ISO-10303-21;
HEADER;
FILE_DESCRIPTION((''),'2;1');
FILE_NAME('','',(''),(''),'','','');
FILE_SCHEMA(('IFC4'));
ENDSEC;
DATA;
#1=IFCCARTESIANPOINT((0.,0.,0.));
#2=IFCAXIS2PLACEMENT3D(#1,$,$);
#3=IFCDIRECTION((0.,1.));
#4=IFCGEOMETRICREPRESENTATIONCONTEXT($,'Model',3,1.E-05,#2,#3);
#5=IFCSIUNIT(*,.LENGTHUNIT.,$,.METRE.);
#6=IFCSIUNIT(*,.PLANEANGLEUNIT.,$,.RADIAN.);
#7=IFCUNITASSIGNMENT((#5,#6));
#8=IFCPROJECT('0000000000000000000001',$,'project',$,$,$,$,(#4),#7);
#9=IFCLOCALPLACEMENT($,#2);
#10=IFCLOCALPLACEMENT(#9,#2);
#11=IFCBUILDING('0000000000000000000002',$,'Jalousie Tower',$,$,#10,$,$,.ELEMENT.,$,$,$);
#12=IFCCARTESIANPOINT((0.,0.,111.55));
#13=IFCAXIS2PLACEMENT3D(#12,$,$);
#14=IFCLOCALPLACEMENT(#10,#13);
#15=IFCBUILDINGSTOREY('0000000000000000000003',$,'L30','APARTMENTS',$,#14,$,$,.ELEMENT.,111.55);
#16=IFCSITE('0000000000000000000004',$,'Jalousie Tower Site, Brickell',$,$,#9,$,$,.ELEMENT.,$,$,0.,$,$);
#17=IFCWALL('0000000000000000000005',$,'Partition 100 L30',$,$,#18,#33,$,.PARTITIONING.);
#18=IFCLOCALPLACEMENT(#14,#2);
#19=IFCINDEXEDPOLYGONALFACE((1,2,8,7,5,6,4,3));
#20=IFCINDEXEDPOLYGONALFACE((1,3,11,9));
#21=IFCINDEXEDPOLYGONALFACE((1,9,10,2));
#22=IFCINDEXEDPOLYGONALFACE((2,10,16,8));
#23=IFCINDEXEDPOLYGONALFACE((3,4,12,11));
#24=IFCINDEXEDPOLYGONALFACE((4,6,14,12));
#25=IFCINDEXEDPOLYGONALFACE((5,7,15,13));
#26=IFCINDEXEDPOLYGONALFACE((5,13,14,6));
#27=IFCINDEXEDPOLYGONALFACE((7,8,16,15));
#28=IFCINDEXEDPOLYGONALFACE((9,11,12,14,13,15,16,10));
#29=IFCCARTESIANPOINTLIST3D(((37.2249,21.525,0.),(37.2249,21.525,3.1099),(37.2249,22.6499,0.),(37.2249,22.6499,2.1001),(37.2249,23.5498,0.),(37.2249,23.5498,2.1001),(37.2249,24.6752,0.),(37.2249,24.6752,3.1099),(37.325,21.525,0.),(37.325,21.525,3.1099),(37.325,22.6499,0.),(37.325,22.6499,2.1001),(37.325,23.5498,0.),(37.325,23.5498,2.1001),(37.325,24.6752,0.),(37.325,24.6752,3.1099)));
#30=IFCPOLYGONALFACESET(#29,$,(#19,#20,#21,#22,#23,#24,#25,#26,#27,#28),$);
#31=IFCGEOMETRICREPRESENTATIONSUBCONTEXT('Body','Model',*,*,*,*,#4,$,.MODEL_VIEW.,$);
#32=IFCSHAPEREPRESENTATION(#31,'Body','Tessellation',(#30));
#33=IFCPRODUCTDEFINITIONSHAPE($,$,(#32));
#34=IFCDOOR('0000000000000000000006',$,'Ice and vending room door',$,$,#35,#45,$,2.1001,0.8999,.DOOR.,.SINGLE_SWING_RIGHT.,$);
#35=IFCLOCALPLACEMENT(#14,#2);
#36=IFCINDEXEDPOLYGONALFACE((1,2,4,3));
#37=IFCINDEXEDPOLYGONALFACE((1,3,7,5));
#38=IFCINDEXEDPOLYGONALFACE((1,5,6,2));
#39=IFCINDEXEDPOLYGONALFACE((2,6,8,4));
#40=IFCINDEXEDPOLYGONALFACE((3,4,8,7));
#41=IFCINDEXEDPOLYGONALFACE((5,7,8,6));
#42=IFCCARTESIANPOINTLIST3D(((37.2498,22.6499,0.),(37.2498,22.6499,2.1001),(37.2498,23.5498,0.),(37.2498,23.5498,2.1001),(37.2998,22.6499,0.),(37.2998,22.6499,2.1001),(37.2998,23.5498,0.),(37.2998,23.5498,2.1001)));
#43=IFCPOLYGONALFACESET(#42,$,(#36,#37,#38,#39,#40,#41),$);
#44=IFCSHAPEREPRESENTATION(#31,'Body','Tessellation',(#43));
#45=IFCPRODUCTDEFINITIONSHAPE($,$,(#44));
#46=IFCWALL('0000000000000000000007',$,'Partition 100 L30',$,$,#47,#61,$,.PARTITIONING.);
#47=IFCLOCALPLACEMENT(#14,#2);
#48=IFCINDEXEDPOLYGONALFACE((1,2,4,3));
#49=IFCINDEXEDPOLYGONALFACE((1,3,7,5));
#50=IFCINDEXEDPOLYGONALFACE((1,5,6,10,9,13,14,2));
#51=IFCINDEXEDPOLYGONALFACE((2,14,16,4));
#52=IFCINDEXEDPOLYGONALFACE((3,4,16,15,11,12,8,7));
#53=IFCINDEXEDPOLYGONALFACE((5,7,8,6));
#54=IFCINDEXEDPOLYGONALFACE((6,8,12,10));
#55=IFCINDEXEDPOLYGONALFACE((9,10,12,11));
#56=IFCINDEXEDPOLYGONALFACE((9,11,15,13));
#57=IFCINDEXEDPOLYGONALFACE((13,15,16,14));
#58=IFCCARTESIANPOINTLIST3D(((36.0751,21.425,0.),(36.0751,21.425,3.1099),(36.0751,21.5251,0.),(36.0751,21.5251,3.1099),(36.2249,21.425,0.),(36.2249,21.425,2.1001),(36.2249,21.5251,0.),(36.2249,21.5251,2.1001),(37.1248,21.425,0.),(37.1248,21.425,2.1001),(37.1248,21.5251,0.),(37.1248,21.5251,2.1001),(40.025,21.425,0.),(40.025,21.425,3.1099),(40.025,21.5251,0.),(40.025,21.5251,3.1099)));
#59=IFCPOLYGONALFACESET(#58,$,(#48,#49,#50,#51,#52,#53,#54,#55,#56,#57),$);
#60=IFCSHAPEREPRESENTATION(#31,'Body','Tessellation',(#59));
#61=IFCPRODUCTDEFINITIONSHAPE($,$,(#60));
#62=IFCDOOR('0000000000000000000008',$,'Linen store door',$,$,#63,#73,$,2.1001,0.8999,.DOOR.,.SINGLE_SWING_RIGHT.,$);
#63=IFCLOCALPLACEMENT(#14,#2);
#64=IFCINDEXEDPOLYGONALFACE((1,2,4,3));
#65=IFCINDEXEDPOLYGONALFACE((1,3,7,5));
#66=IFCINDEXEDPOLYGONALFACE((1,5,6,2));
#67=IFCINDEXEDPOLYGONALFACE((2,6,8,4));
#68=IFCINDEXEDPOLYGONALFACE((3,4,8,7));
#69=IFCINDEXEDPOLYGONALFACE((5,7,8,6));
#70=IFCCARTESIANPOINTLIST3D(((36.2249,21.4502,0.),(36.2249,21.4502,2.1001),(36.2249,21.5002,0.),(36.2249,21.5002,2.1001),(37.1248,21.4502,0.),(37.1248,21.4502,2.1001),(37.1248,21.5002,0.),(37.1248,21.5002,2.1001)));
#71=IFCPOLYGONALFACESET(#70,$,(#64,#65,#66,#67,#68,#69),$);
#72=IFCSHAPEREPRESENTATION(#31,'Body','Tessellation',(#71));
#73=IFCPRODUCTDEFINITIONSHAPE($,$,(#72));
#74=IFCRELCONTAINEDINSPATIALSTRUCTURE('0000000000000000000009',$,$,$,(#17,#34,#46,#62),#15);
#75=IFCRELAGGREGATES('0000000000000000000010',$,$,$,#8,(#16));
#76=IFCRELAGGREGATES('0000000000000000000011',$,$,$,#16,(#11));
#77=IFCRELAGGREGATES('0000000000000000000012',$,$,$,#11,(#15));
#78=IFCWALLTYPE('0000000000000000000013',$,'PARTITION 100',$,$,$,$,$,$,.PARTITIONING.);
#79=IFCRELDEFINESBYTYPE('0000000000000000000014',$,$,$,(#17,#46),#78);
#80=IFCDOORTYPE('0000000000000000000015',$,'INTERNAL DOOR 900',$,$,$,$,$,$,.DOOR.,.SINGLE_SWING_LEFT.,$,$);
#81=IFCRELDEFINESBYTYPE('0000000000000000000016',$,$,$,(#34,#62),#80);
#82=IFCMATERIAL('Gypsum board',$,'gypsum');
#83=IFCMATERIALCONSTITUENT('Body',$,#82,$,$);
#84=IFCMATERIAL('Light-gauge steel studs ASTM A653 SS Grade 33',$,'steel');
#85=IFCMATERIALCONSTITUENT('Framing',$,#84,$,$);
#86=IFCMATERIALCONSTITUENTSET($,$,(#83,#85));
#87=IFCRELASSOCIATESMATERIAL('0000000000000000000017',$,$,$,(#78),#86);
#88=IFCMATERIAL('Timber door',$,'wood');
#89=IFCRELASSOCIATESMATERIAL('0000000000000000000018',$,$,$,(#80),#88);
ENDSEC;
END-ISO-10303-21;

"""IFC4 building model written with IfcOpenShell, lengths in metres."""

from ifc_helpers import new_model, si_unit, direction, frame, frame_2d, origin, place, context, subcontext, project, spatial, rectangle, extrude, material, constituent, constituent_set, type_object, element, fill, save


model = new_model("IFC4")

# Units and contexts
model_context = context("Model", 3, precision=1e-05, world=origin(), true_north=direction((0.0, 1.0)))
body_context = subcontext(model_context, "Body", "Model", "MODEL_VIEW")
ifc_project = project(units=[si_unit("LENGTHUNIT", "METRE"), si_unit("PLANEANGLEUNIT", "RADIAN")], contexts=[model_context])

# Site, building, storey
site_placement = place(None, origin())
site = spatial("IfcSite", under=ifc_project, at=site_placement, Name="Jalousie Tower Site, Brickell", CompositionType="ELEMENT", RefElevation=0.0)
building_placement = place(site_placement, origin())
building = spatial("IfcBuilding", under=site, at=building_placement, Name="Jalousie Tower", CompositionType="ELEMENT")
storey_placement = place(building_placement, frame((0.0, 0.0, 111.55)))
storey = spatial("IfcBuildingStorey", under=building, at=storey_placement, Name="L30", Description="APARTMENTS", CompositionType="ELEMENT", Elevation=111.55)

# Walls, openings, doors
ifc_material_1 = material(Name="Gypsum board", Category="gypsum")
ifc_constituent_1 = constituent(ifc_material_1, Name="Body")
ifc_material_2 = material(Name="Light-gauge steel studs ASTM A653 SS Grade 33", Category="steel")
ifc_constituent_2 = constituent(ifc_material_2, Name="Framing")
ifc_constituent_set_1 = constituent_set(constituents=[ifc_constituent_1, ifc_constituent_2])
wall_type_1 = type_object("IfcWallType", Name="PARTITION 100", PredefinedType="PARTITIONING", material=ifc_constituent_set_1)
wall_1_placement = place(storey_placement, frame((37.2749, 21.5249, 0.0), z_axis=(0.0, 0.0, 1.0), x_axis=(0.0, 1.0, 0.0)))
wall_1 = element("IfcWall", 1, at=wall_1_placement, inside=storey, type_object=wall_type_1, Name="Partition 100 L30", PredefinedType="PARTITIONING", context=body_context, shape_type="SweptSolid", body=[
    extrude(rectangle(XDim=3.1501, YDim=0.1001, at=frame_2d((1.5752, 0.0))), origin(), (0.0, 0.0, 1.0), 3.1099),
])
opening_1_placement = place(wall_1_placement, frame((1.125, 0.0, 0.0)))
opening_1 = element("IfcOpeningElement", 2, at=opening_1_placement, cuts=wall_1, PredefinedType="OPENING", context=body_context, shape_type="SweptSolid", body=[
    extrude(rectangle(XDim=0.8999, YDim=2.1001, at=frame_2d((0.45, 1.05))), frame((0.0, 0.0601, 0.0), z_axis=(0.0, -1.0, 0.0), x_axis=(1.0, 0.0, 0.0)), (0.0, 0.0, 1.0), 0.1201),
])
ifc_material_3 = material(Name="Timber door", Category="wood")
door_type_1 = type_object("IfcDoorType", Name="INTERNAL DOOR 900", OperationType="SINGLE_SWING_LEFT", PredefinedType="DOOR", material=ifc_material_3)
door_1_placement = place(opening_1_placement, frame((0.8999, 0.0, 0.0), z_axis=(0.0, 0.0, 1.0), x_axis=(-1.0, 0.0, 0.0)))
door_1 = element("IfcDoor", 3, at=door_1_placement, inside=storey, type_object=door_type_1, Name="Ice and vending room door", OperationType="SINGLE_SWING_RIGHT", OverallHeight=2.1001, OverallWidth=0.8999, PredefinedType="DOOR", context=body_context, shape_type="SweptSolid", body=[
    extrude(rectangle(XDim=0.8999, YDim=2.1001, at=frame_2d((0.45, 1.05))), frame((0.0, 0.0249, 0.0), z_axis=(0.0, -1.0, 0.0), x_axis=(1.0, 0.0, 0.0)), (0.0, 0.0, 1.0), 0.05),
])
fill(opening_1, door_1)
wall_2_placement = place(storey_placement, frame((36.075, 21.4751, 0.0), z_axis=(0.0, 0.0, 1.0), x_axis=(1.0, 0.0, 0.0)))
wall_2 = element("IfcWall", 4, at=wall_2_placement, inside=storey, type_object=wall_type_1, Name="Partition 100 L30", PredefinedType="PARTITIONING", context=body_context, shape_type="SweptSolid", body=[
    extrude(rectangle(XDim=3.95, YDim=0.1001, at=frame_2d((1.9751, 0.0))), origin(), (0.0, 0.0, 1.0), 3.1099),
])
opening_2_placement = place(wall_2_placement, frame((0.1499, 0.0, 0.0)))
opening_2 = element("IfcOpeningElement", 5, at=opening_2_placement, cuts=wall_2, PredefinedType="OPENING", context=body_context, shape_type="SweptSolid", body=[
    extrude(rectangle(XDim=0.8999, YDim=2.1001, at=frame_2d((0.45, 1.05))), frame((0.0, 0.0601, 0.0), z_axis=(0.0, -1.0, 0.0), x_axis=(1.0, 0.0, 0.0)), (0.0, 0.0, 1.0), 0.1201),
])
door_2_placement = place(opening_2_placement, frame((0.8999, 0.0, 0.0), z_axis=(0.0, 0.0, 1.0), x_axis=(-1.0, 0.0, 0.0)))
door_2 = element("IfcDoor", 6, at=door_2_placement, inside=storey, type_object=door_type_1, Name="Linen store door", OperationType="SINGLE_SWING_RIGHT", OverallHeight=2.1001, OverallWidth=0.8999, PredefinedType="DOOR", context=body_context, shape_type="SweptSolid", body=[
    extrude(rectangle(XDim=0.8999, YDim=2.1001, at=frame_2d((0.45, 1.05))), frame((0.0, 0.0249, 0.0), z_axis=(0.0, -1.0, 0.0), x_axis=(1.0, 0.0, 0.0)), (0.0, 0.0, 1.0), 0.05),
])
fill(opening_2, door_2)

save(model, "model.ifc")
